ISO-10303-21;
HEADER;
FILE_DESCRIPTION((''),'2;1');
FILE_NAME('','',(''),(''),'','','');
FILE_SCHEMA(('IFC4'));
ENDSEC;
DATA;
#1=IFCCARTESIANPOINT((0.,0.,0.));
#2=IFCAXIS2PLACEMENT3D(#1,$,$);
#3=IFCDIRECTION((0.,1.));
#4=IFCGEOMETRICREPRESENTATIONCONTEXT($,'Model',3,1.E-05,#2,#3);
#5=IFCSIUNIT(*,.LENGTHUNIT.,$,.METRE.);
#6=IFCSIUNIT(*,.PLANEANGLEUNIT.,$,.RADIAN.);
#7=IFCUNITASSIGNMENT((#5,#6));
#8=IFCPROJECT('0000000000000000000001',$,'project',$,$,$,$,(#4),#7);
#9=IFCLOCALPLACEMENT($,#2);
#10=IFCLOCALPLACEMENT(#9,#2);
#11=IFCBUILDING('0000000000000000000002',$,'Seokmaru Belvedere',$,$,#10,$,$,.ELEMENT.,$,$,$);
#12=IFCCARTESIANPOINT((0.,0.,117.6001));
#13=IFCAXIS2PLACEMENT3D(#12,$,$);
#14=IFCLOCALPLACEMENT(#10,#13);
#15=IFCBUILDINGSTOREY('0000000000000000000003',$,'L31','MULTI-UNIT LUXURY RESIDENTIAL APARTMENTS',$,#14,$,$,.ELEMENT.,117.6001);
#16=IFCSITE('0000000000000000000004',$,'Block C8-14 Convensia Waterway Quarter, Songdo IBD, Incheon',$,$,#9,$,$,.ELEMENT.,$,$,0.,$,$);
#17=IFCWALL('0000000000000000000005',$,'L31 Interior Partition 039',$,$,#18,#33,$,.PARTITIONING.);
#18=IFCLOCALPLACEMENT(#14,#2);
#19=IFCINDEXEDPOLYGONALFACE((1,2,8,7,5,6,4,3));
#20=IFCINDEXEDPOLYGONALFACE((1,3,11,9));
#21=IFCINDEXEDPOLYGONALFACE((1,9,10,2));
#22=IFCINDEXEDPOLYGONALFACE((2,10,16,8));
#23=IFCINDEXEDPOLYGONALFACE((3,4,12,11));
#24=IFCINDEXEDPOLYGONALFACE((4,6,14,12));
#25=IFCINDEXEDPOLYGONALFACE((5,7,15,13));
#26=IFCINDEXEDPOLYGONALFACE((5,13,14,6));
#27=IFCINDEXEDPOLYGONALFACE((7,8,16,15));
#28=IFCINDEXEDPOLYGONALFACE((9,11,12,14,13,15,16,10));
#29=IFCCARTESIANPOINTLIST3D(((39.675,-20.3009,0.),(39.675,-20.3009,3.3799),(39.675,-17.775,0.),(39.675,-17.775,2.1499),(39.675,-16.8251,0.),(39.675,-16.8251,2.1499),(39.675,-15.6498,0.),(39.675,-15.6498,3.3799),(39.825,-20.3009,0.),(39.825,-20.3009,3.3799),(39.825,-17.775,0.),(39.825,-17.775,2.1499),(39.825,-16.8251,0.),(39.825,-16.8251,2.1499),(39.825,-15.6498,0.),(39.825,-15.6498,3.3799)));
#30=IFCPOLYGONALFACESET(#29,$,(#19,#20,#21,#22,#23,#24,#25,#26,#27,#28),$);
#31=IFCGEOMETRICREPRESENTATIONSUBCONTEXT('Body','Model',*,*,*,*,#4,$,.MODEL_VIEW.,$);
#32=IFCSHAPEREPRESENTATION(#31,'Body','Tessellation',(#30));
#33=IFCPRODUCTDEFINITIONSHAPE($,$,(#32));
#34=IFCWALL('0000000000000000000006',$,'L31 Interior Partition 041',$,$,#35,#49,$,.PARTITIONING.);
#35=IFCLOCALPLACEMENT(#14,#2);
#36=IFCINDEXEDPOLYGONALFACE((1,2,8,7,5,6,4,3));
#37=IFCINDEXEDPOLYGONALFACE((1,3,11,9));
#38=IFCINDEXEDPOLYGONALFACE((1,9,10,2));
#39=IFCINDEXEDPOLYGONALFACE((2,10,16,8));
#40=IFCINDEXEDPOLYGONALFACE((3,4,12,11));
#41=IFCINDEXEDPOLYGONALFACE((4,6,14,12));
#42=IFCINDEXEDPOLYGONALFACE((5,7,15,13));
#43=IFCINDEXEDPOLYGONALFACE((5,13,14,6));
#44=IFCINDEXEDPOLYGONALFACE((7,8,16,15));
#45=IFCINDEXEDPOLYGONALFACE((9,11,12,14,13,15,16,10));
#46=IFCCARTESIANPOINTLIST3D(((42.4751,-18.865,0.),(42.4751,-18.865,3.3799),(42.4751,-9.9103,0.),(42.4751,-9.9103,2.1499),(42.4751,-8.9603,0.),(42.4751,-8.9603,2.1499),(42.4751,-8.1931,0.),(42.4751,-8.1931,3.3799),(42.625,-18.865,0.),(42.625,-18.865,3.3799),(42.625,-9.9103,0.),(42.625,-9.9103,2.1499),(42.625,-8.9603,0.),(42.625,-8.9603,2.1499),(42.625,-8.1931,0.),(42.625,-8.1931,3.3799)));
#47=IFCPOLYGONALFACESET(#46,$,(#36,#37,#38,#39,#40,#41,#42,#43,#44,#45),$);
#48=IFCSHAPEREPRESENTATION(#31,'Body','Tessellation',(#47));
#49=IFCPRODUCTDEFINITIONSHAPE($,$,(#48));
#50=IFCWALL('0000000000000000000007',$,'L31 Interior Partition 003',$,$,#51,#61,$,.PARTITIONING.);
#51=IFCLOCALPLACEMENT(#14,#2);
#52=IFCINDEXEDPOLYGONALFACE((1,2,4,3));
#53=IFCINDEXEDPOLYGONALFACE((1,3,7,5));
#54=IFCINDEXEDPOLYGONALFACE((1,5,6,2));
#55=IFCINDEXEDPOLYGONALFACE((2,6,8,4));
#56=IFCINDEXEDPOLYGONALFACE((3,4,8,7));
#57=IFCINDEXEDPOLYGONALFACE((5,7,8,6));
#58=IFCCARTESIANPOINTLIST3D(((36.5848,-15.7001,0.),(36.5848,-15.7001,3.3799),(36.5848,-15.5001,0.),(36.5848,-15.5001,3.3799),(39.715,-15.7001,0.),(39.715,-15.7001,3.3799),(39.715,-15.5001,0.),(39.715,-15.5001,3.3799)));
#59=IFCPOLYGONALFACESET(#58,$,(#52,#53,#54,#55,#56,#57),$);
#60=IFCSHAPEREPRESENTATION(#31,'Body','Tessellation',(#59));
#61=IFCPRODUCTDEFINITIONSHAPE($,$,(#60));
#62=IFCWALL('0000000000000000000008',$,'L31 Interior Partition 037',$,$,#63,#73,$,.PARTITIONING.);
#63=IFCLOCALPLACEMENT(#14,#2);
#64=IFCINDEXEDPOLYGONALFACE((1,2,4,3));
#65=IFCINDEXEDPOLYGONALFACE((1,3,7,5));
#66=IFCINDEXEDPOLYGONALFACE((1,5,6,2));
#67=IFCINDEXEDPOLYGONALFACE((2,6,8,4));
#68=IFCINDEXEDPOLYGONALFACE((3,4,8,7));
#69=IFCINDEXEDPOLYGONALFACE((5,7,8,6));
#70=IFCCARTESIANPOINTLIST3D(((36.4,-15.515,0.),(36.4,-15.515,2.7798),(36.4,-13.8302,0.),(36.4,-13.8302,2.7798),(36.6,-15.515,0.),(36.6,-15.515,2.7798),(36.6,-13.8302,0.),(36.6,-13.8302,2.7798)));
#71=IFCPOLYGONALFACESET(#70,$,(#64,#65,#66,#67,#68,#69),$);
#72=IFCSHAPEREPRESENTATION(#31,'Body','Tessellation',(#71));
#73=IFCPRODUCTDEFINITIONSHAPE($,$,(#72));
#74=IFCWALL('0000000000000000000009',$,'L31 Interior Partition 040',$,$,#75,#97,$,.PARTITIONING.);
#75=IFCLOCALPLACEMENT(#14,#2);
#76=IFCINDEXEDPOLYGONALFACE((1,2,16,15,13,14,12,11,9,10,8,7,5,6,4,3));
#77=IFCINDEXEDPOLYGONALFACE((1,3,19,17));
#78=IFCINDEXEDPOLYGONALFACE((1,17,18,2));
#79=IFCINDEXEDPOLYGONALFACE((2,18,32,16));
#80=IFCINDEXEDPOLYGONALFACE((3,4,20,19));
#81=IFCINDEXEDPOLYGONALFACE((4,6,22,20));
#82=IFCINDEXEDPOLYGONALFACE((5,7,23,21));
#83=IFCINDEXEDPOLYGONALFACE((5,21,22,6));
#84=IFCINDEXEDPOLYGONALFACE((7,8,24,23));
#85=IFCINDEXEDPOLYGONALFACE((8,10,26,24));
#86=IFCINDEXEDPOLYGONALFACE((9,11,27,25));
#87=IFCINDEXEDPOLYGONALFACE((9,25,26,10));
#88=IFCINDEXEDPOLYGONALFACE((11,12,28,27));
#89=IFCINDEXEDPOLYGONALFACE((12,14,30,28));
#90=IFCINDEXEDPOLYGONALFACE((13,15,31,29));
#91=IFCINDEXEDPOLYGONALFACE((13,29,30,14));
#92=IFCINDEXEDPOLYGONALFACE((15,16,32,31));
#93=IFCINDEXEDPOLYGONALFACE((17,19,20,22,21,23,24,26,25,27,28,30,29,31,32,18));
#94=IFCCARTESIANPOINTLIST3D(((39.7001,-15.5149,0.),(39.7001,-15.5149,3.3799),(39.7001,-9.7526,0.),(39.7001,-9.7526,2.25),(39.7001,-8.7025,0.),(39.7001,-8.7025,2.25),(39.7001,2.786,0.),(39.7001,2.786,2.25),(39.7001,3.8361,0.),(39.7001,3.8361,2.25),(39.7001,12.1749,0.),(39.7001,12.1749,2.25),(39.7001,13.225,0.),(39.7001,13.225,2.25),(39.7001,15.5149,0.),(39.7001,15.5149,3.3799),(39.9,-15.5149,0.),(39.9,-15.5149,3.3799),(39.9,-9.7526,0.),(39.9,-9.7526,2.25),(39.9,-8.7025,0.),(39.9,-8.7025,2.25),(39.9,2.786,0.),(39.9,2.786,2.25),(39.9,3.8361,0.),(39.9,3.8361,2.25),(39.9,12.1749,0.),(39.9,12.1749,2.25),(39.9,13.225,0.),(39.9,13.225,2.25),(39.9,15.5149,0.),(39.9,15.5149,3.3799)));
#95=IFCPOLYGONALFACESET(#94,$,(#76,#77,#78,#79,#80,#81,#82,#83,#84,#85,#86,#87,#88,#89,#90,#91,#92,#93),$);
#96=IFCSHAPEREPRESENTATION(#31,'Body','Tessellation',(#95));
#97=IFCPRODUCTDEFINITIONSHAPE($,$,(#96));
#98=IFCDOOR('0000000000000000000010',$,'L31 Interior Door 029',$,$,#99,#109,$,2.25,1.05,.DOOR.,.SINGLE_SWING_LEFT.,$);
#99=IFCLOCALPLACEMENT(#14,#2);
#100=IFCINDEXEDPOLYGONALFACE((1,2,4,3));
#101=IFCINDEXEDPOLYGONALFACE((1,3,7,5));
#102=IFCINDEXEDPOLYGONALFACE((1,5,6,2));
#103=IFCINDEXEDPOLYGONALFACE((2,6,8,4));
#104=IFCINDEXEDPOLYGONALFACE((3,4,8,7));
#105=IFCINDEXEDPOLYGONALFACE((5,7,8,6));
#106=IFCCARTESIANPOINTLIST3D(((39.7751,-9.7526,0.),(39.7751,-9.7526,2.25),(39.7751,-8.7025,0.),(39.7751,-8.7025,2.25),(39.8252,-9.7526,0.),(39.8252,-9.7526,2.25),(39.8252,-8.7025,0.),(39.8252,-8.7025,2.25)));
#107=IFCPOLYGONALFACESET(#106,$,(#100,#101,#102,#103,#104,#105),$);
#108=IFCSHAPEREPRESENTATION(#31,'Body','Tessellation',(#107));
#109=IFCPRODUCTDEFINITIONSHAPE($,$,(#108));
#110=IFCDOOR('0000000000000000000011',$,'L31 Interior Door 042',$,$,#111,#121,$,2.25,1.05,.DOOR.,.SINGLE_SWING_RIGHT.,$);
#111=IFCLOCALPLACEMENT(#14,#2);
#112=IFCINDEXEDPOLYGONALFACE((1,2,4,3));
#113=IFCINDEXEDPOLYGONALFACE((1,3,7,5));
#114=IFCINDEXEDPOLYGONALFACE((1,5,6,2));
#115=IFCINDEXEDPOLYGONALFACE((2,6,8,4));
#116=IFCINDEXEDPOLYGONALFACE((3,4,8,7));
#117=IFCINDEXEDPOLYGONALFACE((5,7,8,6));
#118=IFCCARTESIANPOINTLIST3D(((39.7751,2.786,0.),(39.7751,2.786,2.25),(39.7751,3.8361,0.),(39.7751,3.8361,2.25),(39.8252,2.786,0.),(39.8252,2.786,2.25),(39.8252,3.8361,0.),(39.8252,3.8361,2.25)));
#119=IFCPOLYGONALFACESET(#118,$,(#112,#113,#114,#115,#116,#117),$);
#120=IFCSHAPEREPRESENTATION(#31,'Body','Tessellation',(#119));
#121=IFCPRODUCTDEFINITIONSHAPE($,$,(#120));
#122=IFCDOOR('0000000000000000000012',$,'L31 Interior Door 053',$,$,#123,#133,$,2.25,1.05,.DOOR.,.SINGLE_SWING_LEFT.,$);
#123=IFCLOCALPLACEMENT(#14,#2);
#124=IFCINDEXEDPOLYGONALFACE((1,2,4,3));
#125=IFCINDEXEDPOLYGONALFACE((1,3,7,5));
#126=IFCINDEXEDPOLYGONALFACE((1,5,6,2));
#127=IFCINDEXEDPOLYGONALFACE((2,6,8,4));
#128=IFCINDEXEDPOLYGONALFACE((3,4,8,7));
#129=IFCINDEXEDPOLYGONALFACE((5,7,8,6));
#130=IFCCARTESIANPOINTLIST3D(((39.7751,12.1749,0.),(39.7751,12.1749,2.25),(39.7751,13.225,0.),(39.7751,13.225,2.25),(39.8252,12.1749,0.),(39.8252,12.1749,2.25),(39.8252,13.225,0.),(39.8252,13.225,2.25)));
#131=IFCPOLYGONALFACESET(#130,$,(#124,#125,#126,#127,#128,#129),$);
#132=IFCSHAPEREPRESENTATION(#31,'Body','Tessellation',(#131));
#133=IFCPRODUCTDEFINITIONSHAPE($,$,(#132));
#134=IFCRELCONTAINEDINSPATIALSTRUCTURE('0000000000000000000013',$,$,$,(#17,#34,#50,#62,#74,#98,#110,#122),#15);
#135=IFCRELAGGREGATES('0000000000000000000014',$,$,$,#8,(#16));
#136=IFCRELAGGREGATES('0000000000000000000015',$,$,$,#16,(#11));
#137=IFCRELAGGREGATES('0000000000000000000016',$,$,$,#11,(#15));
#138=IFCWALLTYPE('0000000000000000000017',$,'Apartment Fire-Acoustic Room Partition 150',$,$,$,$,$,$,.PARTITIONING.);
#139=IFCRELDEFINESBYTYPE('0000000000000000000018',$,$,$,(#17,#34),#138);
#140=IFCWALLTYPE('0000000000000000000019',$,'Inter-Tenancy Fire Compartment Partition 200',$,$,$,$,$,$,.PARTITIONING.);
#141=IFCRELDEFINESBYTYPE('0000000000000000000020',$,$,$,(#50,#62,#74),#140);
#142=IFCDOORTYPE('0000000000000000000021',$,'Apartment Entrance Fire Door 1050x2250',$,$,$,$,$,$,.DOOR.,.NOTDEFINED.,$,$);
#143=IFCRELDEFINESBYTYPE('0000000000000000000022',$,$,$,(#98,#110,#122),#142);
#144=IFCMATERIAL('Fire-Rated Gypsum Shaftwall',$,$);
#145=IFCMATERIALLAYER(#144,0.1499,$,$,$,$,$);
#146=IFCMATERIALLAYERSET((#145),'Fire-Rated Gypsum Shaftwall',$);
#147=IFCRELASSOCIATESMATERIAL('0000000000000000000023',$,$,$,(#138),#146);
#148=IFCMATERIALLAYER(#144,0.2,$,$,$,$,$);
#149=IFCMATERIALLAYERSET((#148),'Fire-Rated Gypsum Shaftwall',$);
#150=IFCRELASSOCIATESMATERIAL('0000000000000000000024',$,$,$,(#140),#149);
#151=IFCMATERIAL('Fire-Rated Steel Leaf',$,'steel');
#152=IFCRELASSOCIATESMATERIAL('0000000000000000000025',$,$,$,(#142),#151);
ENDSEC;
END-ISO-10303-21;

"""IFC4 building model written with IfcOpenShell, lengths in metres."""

from ifc_helpers import new_model, si_unit, direction, frame, frame_2d, origin, place, context, subcontext, project, spatial, rectangle, extrude, source, transform, mapped, material, layer, layer_set, type_object, type_shapes, element, fill, save


model = new_model("IFC4")

# Units and contexts
model_context = context("Model", 3, precision=1e-05, world=origin(), true_north=direction((0.0, 1.0)))
body_context = subcontext(model_context, "Body", "Model", "MODEL_VIEW")
ifc_project = project(units=[si_unit("LENGTHUNIT", "METRE"), si_unit("PLANEANGLEUNIT", "RADIAN")], contexts=[model_context])

# Site, building, storey
site_placement = place(None, origin())
site = spatial("IfcSite", under=ifc_project, at=site_placement, Name="Block C8-14 Convensia Waterway Quarter, Songdo IBD, Incheon", CompositionType="ELEMENT", RefElevation=0.0)
building_placement = place(site_placement, origin())
building = spatial("IfcBuilding", under=site, at=building_placement, Name="Seokmaru Belvedere", CompositionType="ELEMENT")
storey_placement = place(building_placement, frame((0.0, 0.0, 117.6001)))
storey = spatial("IfcBuildingStorey", under=building, at=storey_placement, Name="L31", Description="MULTI-UNIT LUXURY RESIDENTIAL APARTMENTS", CompositionType="ELEMENT", Elevation=117.6001)

# Walls, openings
ifc_material_1 = material(Name="Fire-Rated Gypsum Shaftwall")
ifc_layer_1 = layer(ifc_material_1, 0.1499)
ifc_layer_set_1 = layer_set([ifc_layer_1], Name="Fire-Rated Gypsum Shaftwall")
wall_type_1 = type_object("IfcWallType", Name="Apartment Fire-Acoustic Room Partition 150", PredefinedType="PARTITIONING", material=ifc_layer_set_1)
wall_1_placement = place(storey_placement, frame((39.75, -20.301, 0.0), z_axis=(0.0, 0.0, 1.0), x_axis=(0.0, 1.0, 0.0)))
wall_1 = element("IfcWall", 1, at=wall_1_placement, inside=storey, type_object=wall_type_1, Name="L31 Interior Partition 039", PredefinedType="PARTITIONING", context=body_context, shape_type="SweptSolid", body=[
    extrude(rectangle(XDim=4.6511, YDim=0.1499, at=frame_2d((2.3257, 0.0))), origin(), (0.0, 0.0, 1.0), 3.3799),
])
opening_1_placement = place(wall_1_placement, frame((2.5259, 0.0, 0.0)))
element("IfcOpeningElement", 2, at=opening_1_placement, cuts=wall_1, PredefinedType="OPENING", context=body_context, shape_type="SweptSolid", body=[
    extrude(rectangle(XDim=0.95, YDim=2.1499, at=frame_2d((0.4751, 1.075))), frame((0.0, 0.085, 0.0), z_axis=(0.0, -1.0, 0.0), x_axis=(1.0, 0.0, 0.0)), (0.0, 0.0, 1.0), 0.1699),
])
wall_2_placement = place(storey_placement, frame((42.55, -18.865, 0.0), z_axis=(0.0, 0.0, 1.0), x_axis=(0.0, 1.0, 0.0)))
wall_2 = element("IfcWall", 3, at=wall_2_placement, inside=storey, type_object=wall_type_1, Name="L31 Interior Partition 041", PredefinedType="PARTITIONING", context=body_context, shape_type="SweptSolid", body=[
    extrude(rectangle(XDim=10.6719, YDim=0.1499, at=frame_2d((5.3359, 0.0))), origin(), (0.0, 0.0, 1.0), 3.3799),
])
opening_2_placement = place(wall_2_placement, frame((8.9546, 0.0, 0.0)))
element("IfcOpeningElement", 4, at=opening_2_placement, cuts=wall_2, PredefinedType="OPENING", context=body_context, shape_type="SweptSolid", body=[
    extrude(rectangle(XDim=0.95, YDim=2.1499, at=frame_2d((0.4751, 1.075))), frame((0.0, 0.085, 0.0), z_axis=(0.0, -1.0, 0.0), x_axis=(1.0, 0.0, 0.0)), (0.0, 0.0, 1.0), 0.1699),
])

# Walls
ifc_layer_2 = layer(ifc_material_1, 0.2)
ifc_layer_set_2 = layer_set([ifc_layer_2], Name="Fire-Rated Gypsum Shaftwall")
wall_type_2 = type_object("IfcWallType", Name="Inter-Tenancy Fire Compartment Partition 200", PredefinedType="PARTITIONING", material=ifc_layer_set_2)
wall_3_placement = place(storey_placement, frame((36.585, -15.6001, 0.0), z_axis=(0.0, 0.0, 1.0), x_axis=(1.0, 0.0, 0.0)))
element("IfcWall", 5, at=wall_3_placement, inside=storey, type_object=wall_type_2, Name="L31 Interior Partition 003", PredefinedType="PARTITIONING", context=body_context, shape_type="SweptSolid", body=[
    extrude(rectangle(XDim=3.1301, YDim=0.2, at=frame_2d((1.5649, 0.0))), origin(), (0.0, 0.0, 1.0), 3.3799),
])
wall_4_placement = place(storey_placement, frame((36.5, -15.5149, 0.0), z_axis=(0.0, 0.0, 1.0), x_axis=(0.0, 1.0, 0.0)))
element("IfcWall", 6, at=wall_4_placement, inside=storey, type_object=wall_type_2, Name="L31 Interior Partition 037", PredefinedType="PARTITIONING", context=body_context, shape_type="SweptSolid", body=[
    extrude(rectangle(XDim=1.6848, YDim=0.2, at=frame_2d((0.8423, 0.0))), origin(), (0.0, 0.0, 1.0), 2.7798),
])

# Wall, openings, doors
wall_5_placement = place(storey_placement, frame((39.8, -15.5149, 0.0), z_axis=(0.0, 0.0, 1.0), x_axis=(0.0, 1.0, 0.0)))
wall_5 = element("IfcWall", 7, at=wall_5_placement, inside=storey, type_object=wall_type_2, Name="L31 Interior Partition 040", PredefinedType="PARTITIONING", context=body_context, shape_type="SweptSolid", body=[
    extrude(rectangle(XDim=31.0298, YDim=0.2, at=frame_2d((15.5149, 0.0))), origin(), (0.0, 0.0, 1.0), 3.3799),
])
opening_3_placement = place(wall_5_placement, frame((5.7625, 0.0, 0.0)))
opening_3 = element("IfcOpeningElement", 8, at=opening_3_placement, cuts=wall_5, PredefinedType="OPENING", context=body_context, shape_type="SweptSolid", body=[
    extrude(rectangle(XDim=1.05, YDim=2.25, at=frame_2d((0.5249, 1.125))), frame((0.0, 0.1099, 0.0), z_axis=(0.0, -1.0, 0.0), x_axis=(1.0, 0.0, 0.0)), (0.0, 0.0, 1.0), 0.22),
])
opening_4_placement = place(wall_5_placement, frame((18.301, 0.0, 0.0)))
opening_4 = element("IfcOpeningElement", 9, at=opening_4_placement, cuts=wall_5, PredefinedType="OPENING", context=body_context, shape_type="SweptSolid", body=[
    extrude(rectangle(XDim=1.05, YDim=2.25, at=frame_2d((0.5249, 1.125))), frame((0.0, 0.1099, 0.0), z_axis=(0.0, -1.0, 0.0), x_axis=(1.0, 0.0, 0.0)), (0.0, 0.0, 1.0), 0.22),
])
opening_5_placement = place(wall_5_placement, frame((27.6899, 0.0, 0.0)))
opening_5 = element("IfcOpeningElement", 10, at=opening_5_placement, cuts=wall_5, PredefinedType="OPENING", context=body_context, shape_type="SweptSolid", body=[
    extrude(rectangle(XDim=1.05, YDim=2.25, at=frame_2d((0.5249, 1.125))), frame((0.0, 0.1099, 0.0), z_axis=(0.0, -1.0, 0.0), x_axis=(1.0, 0.0, 0.0)), (0.0, 0.0, 1.0), 0.22),
])
ifc_material_2 = material(Name="Fire-Rated Steel Leaf", Category="steel")
door_type = type_object("IfcDoorType", Name="Apartment Entrance Fire Door 1050x2250", OperationType="NOTDEFINED", PredefinedType="DOOR", material=ifc_material_2)
shared_shape_1 = source(origin(), body_context, "Body", "SweptSolid", [
    extrude(rectangle(XDim=1.05, YDim=2.25, at=frame_2d((0.5249, 1.125))), frame((0.0, 0.0249, 0.0), z_axis=(0.0, -1.0, 0.0), x_axis=(1.0, 0.0, 0.0)), (0.0, 0.0, 1.0), 0.05),
])
type_shapes(door_type, [shared_shape_1])
door_1_placement = place(opening_3_placement, origin())
door_1 = element("IfcDoor", 11, at=door_1_placement, inside=storey, type_object=door_type, Name="L31 Interior Door 029", OperationType="SINGLE_SWING_LEFT", OverallHeight=2.25, OverallWidth=1.05, PredefinedType="DOOR", context=body_context, shape_type="MappedRepresentation", body=[
    mapped(shared_shape_1, transform((0.0, 0.0, 0.0), scale=1.0)),
])
fill(opening_3, door_1)
door_2_placement = place(opening_4_placement, origin())
door_2 = element("IfcDoor", 12, at=door_2_placement, inside=storey, type_object=door_type, Name="L31 Interior Door 042", OperationType="SINGLE_SWING_RIGHT", OverallHeight=2.25, OverallWidth=1.05, PredefinedType="DOOR", context=body_context, shape_type="MappedRepresentation", body=[
    mapped(shared_shape_1, transform((0.0, 0.0, 0.0), scale=1.0)),
])
fill(opening_4, door_2)
door_3_placement = place(opening_5_placement, origin())
door_3 = element("IfcDoor", 13, at=door_3_placement, inside=storey, type_object=door_type, Name="L31 Interior Door 053", OperationType="SINGLE_SWING_LEFT", OverallHeight=2.25, OverallWidth=1.05, PredefinedType="DOOR", context=body_context, shape_type="MappedRepresentation", body=[
    mapped(shared_shape_1, transform((0.0, 0.0, 0.0), scale=1.0)),
])
fill(opening_5, door_3)

save(model, "model.ifc")
